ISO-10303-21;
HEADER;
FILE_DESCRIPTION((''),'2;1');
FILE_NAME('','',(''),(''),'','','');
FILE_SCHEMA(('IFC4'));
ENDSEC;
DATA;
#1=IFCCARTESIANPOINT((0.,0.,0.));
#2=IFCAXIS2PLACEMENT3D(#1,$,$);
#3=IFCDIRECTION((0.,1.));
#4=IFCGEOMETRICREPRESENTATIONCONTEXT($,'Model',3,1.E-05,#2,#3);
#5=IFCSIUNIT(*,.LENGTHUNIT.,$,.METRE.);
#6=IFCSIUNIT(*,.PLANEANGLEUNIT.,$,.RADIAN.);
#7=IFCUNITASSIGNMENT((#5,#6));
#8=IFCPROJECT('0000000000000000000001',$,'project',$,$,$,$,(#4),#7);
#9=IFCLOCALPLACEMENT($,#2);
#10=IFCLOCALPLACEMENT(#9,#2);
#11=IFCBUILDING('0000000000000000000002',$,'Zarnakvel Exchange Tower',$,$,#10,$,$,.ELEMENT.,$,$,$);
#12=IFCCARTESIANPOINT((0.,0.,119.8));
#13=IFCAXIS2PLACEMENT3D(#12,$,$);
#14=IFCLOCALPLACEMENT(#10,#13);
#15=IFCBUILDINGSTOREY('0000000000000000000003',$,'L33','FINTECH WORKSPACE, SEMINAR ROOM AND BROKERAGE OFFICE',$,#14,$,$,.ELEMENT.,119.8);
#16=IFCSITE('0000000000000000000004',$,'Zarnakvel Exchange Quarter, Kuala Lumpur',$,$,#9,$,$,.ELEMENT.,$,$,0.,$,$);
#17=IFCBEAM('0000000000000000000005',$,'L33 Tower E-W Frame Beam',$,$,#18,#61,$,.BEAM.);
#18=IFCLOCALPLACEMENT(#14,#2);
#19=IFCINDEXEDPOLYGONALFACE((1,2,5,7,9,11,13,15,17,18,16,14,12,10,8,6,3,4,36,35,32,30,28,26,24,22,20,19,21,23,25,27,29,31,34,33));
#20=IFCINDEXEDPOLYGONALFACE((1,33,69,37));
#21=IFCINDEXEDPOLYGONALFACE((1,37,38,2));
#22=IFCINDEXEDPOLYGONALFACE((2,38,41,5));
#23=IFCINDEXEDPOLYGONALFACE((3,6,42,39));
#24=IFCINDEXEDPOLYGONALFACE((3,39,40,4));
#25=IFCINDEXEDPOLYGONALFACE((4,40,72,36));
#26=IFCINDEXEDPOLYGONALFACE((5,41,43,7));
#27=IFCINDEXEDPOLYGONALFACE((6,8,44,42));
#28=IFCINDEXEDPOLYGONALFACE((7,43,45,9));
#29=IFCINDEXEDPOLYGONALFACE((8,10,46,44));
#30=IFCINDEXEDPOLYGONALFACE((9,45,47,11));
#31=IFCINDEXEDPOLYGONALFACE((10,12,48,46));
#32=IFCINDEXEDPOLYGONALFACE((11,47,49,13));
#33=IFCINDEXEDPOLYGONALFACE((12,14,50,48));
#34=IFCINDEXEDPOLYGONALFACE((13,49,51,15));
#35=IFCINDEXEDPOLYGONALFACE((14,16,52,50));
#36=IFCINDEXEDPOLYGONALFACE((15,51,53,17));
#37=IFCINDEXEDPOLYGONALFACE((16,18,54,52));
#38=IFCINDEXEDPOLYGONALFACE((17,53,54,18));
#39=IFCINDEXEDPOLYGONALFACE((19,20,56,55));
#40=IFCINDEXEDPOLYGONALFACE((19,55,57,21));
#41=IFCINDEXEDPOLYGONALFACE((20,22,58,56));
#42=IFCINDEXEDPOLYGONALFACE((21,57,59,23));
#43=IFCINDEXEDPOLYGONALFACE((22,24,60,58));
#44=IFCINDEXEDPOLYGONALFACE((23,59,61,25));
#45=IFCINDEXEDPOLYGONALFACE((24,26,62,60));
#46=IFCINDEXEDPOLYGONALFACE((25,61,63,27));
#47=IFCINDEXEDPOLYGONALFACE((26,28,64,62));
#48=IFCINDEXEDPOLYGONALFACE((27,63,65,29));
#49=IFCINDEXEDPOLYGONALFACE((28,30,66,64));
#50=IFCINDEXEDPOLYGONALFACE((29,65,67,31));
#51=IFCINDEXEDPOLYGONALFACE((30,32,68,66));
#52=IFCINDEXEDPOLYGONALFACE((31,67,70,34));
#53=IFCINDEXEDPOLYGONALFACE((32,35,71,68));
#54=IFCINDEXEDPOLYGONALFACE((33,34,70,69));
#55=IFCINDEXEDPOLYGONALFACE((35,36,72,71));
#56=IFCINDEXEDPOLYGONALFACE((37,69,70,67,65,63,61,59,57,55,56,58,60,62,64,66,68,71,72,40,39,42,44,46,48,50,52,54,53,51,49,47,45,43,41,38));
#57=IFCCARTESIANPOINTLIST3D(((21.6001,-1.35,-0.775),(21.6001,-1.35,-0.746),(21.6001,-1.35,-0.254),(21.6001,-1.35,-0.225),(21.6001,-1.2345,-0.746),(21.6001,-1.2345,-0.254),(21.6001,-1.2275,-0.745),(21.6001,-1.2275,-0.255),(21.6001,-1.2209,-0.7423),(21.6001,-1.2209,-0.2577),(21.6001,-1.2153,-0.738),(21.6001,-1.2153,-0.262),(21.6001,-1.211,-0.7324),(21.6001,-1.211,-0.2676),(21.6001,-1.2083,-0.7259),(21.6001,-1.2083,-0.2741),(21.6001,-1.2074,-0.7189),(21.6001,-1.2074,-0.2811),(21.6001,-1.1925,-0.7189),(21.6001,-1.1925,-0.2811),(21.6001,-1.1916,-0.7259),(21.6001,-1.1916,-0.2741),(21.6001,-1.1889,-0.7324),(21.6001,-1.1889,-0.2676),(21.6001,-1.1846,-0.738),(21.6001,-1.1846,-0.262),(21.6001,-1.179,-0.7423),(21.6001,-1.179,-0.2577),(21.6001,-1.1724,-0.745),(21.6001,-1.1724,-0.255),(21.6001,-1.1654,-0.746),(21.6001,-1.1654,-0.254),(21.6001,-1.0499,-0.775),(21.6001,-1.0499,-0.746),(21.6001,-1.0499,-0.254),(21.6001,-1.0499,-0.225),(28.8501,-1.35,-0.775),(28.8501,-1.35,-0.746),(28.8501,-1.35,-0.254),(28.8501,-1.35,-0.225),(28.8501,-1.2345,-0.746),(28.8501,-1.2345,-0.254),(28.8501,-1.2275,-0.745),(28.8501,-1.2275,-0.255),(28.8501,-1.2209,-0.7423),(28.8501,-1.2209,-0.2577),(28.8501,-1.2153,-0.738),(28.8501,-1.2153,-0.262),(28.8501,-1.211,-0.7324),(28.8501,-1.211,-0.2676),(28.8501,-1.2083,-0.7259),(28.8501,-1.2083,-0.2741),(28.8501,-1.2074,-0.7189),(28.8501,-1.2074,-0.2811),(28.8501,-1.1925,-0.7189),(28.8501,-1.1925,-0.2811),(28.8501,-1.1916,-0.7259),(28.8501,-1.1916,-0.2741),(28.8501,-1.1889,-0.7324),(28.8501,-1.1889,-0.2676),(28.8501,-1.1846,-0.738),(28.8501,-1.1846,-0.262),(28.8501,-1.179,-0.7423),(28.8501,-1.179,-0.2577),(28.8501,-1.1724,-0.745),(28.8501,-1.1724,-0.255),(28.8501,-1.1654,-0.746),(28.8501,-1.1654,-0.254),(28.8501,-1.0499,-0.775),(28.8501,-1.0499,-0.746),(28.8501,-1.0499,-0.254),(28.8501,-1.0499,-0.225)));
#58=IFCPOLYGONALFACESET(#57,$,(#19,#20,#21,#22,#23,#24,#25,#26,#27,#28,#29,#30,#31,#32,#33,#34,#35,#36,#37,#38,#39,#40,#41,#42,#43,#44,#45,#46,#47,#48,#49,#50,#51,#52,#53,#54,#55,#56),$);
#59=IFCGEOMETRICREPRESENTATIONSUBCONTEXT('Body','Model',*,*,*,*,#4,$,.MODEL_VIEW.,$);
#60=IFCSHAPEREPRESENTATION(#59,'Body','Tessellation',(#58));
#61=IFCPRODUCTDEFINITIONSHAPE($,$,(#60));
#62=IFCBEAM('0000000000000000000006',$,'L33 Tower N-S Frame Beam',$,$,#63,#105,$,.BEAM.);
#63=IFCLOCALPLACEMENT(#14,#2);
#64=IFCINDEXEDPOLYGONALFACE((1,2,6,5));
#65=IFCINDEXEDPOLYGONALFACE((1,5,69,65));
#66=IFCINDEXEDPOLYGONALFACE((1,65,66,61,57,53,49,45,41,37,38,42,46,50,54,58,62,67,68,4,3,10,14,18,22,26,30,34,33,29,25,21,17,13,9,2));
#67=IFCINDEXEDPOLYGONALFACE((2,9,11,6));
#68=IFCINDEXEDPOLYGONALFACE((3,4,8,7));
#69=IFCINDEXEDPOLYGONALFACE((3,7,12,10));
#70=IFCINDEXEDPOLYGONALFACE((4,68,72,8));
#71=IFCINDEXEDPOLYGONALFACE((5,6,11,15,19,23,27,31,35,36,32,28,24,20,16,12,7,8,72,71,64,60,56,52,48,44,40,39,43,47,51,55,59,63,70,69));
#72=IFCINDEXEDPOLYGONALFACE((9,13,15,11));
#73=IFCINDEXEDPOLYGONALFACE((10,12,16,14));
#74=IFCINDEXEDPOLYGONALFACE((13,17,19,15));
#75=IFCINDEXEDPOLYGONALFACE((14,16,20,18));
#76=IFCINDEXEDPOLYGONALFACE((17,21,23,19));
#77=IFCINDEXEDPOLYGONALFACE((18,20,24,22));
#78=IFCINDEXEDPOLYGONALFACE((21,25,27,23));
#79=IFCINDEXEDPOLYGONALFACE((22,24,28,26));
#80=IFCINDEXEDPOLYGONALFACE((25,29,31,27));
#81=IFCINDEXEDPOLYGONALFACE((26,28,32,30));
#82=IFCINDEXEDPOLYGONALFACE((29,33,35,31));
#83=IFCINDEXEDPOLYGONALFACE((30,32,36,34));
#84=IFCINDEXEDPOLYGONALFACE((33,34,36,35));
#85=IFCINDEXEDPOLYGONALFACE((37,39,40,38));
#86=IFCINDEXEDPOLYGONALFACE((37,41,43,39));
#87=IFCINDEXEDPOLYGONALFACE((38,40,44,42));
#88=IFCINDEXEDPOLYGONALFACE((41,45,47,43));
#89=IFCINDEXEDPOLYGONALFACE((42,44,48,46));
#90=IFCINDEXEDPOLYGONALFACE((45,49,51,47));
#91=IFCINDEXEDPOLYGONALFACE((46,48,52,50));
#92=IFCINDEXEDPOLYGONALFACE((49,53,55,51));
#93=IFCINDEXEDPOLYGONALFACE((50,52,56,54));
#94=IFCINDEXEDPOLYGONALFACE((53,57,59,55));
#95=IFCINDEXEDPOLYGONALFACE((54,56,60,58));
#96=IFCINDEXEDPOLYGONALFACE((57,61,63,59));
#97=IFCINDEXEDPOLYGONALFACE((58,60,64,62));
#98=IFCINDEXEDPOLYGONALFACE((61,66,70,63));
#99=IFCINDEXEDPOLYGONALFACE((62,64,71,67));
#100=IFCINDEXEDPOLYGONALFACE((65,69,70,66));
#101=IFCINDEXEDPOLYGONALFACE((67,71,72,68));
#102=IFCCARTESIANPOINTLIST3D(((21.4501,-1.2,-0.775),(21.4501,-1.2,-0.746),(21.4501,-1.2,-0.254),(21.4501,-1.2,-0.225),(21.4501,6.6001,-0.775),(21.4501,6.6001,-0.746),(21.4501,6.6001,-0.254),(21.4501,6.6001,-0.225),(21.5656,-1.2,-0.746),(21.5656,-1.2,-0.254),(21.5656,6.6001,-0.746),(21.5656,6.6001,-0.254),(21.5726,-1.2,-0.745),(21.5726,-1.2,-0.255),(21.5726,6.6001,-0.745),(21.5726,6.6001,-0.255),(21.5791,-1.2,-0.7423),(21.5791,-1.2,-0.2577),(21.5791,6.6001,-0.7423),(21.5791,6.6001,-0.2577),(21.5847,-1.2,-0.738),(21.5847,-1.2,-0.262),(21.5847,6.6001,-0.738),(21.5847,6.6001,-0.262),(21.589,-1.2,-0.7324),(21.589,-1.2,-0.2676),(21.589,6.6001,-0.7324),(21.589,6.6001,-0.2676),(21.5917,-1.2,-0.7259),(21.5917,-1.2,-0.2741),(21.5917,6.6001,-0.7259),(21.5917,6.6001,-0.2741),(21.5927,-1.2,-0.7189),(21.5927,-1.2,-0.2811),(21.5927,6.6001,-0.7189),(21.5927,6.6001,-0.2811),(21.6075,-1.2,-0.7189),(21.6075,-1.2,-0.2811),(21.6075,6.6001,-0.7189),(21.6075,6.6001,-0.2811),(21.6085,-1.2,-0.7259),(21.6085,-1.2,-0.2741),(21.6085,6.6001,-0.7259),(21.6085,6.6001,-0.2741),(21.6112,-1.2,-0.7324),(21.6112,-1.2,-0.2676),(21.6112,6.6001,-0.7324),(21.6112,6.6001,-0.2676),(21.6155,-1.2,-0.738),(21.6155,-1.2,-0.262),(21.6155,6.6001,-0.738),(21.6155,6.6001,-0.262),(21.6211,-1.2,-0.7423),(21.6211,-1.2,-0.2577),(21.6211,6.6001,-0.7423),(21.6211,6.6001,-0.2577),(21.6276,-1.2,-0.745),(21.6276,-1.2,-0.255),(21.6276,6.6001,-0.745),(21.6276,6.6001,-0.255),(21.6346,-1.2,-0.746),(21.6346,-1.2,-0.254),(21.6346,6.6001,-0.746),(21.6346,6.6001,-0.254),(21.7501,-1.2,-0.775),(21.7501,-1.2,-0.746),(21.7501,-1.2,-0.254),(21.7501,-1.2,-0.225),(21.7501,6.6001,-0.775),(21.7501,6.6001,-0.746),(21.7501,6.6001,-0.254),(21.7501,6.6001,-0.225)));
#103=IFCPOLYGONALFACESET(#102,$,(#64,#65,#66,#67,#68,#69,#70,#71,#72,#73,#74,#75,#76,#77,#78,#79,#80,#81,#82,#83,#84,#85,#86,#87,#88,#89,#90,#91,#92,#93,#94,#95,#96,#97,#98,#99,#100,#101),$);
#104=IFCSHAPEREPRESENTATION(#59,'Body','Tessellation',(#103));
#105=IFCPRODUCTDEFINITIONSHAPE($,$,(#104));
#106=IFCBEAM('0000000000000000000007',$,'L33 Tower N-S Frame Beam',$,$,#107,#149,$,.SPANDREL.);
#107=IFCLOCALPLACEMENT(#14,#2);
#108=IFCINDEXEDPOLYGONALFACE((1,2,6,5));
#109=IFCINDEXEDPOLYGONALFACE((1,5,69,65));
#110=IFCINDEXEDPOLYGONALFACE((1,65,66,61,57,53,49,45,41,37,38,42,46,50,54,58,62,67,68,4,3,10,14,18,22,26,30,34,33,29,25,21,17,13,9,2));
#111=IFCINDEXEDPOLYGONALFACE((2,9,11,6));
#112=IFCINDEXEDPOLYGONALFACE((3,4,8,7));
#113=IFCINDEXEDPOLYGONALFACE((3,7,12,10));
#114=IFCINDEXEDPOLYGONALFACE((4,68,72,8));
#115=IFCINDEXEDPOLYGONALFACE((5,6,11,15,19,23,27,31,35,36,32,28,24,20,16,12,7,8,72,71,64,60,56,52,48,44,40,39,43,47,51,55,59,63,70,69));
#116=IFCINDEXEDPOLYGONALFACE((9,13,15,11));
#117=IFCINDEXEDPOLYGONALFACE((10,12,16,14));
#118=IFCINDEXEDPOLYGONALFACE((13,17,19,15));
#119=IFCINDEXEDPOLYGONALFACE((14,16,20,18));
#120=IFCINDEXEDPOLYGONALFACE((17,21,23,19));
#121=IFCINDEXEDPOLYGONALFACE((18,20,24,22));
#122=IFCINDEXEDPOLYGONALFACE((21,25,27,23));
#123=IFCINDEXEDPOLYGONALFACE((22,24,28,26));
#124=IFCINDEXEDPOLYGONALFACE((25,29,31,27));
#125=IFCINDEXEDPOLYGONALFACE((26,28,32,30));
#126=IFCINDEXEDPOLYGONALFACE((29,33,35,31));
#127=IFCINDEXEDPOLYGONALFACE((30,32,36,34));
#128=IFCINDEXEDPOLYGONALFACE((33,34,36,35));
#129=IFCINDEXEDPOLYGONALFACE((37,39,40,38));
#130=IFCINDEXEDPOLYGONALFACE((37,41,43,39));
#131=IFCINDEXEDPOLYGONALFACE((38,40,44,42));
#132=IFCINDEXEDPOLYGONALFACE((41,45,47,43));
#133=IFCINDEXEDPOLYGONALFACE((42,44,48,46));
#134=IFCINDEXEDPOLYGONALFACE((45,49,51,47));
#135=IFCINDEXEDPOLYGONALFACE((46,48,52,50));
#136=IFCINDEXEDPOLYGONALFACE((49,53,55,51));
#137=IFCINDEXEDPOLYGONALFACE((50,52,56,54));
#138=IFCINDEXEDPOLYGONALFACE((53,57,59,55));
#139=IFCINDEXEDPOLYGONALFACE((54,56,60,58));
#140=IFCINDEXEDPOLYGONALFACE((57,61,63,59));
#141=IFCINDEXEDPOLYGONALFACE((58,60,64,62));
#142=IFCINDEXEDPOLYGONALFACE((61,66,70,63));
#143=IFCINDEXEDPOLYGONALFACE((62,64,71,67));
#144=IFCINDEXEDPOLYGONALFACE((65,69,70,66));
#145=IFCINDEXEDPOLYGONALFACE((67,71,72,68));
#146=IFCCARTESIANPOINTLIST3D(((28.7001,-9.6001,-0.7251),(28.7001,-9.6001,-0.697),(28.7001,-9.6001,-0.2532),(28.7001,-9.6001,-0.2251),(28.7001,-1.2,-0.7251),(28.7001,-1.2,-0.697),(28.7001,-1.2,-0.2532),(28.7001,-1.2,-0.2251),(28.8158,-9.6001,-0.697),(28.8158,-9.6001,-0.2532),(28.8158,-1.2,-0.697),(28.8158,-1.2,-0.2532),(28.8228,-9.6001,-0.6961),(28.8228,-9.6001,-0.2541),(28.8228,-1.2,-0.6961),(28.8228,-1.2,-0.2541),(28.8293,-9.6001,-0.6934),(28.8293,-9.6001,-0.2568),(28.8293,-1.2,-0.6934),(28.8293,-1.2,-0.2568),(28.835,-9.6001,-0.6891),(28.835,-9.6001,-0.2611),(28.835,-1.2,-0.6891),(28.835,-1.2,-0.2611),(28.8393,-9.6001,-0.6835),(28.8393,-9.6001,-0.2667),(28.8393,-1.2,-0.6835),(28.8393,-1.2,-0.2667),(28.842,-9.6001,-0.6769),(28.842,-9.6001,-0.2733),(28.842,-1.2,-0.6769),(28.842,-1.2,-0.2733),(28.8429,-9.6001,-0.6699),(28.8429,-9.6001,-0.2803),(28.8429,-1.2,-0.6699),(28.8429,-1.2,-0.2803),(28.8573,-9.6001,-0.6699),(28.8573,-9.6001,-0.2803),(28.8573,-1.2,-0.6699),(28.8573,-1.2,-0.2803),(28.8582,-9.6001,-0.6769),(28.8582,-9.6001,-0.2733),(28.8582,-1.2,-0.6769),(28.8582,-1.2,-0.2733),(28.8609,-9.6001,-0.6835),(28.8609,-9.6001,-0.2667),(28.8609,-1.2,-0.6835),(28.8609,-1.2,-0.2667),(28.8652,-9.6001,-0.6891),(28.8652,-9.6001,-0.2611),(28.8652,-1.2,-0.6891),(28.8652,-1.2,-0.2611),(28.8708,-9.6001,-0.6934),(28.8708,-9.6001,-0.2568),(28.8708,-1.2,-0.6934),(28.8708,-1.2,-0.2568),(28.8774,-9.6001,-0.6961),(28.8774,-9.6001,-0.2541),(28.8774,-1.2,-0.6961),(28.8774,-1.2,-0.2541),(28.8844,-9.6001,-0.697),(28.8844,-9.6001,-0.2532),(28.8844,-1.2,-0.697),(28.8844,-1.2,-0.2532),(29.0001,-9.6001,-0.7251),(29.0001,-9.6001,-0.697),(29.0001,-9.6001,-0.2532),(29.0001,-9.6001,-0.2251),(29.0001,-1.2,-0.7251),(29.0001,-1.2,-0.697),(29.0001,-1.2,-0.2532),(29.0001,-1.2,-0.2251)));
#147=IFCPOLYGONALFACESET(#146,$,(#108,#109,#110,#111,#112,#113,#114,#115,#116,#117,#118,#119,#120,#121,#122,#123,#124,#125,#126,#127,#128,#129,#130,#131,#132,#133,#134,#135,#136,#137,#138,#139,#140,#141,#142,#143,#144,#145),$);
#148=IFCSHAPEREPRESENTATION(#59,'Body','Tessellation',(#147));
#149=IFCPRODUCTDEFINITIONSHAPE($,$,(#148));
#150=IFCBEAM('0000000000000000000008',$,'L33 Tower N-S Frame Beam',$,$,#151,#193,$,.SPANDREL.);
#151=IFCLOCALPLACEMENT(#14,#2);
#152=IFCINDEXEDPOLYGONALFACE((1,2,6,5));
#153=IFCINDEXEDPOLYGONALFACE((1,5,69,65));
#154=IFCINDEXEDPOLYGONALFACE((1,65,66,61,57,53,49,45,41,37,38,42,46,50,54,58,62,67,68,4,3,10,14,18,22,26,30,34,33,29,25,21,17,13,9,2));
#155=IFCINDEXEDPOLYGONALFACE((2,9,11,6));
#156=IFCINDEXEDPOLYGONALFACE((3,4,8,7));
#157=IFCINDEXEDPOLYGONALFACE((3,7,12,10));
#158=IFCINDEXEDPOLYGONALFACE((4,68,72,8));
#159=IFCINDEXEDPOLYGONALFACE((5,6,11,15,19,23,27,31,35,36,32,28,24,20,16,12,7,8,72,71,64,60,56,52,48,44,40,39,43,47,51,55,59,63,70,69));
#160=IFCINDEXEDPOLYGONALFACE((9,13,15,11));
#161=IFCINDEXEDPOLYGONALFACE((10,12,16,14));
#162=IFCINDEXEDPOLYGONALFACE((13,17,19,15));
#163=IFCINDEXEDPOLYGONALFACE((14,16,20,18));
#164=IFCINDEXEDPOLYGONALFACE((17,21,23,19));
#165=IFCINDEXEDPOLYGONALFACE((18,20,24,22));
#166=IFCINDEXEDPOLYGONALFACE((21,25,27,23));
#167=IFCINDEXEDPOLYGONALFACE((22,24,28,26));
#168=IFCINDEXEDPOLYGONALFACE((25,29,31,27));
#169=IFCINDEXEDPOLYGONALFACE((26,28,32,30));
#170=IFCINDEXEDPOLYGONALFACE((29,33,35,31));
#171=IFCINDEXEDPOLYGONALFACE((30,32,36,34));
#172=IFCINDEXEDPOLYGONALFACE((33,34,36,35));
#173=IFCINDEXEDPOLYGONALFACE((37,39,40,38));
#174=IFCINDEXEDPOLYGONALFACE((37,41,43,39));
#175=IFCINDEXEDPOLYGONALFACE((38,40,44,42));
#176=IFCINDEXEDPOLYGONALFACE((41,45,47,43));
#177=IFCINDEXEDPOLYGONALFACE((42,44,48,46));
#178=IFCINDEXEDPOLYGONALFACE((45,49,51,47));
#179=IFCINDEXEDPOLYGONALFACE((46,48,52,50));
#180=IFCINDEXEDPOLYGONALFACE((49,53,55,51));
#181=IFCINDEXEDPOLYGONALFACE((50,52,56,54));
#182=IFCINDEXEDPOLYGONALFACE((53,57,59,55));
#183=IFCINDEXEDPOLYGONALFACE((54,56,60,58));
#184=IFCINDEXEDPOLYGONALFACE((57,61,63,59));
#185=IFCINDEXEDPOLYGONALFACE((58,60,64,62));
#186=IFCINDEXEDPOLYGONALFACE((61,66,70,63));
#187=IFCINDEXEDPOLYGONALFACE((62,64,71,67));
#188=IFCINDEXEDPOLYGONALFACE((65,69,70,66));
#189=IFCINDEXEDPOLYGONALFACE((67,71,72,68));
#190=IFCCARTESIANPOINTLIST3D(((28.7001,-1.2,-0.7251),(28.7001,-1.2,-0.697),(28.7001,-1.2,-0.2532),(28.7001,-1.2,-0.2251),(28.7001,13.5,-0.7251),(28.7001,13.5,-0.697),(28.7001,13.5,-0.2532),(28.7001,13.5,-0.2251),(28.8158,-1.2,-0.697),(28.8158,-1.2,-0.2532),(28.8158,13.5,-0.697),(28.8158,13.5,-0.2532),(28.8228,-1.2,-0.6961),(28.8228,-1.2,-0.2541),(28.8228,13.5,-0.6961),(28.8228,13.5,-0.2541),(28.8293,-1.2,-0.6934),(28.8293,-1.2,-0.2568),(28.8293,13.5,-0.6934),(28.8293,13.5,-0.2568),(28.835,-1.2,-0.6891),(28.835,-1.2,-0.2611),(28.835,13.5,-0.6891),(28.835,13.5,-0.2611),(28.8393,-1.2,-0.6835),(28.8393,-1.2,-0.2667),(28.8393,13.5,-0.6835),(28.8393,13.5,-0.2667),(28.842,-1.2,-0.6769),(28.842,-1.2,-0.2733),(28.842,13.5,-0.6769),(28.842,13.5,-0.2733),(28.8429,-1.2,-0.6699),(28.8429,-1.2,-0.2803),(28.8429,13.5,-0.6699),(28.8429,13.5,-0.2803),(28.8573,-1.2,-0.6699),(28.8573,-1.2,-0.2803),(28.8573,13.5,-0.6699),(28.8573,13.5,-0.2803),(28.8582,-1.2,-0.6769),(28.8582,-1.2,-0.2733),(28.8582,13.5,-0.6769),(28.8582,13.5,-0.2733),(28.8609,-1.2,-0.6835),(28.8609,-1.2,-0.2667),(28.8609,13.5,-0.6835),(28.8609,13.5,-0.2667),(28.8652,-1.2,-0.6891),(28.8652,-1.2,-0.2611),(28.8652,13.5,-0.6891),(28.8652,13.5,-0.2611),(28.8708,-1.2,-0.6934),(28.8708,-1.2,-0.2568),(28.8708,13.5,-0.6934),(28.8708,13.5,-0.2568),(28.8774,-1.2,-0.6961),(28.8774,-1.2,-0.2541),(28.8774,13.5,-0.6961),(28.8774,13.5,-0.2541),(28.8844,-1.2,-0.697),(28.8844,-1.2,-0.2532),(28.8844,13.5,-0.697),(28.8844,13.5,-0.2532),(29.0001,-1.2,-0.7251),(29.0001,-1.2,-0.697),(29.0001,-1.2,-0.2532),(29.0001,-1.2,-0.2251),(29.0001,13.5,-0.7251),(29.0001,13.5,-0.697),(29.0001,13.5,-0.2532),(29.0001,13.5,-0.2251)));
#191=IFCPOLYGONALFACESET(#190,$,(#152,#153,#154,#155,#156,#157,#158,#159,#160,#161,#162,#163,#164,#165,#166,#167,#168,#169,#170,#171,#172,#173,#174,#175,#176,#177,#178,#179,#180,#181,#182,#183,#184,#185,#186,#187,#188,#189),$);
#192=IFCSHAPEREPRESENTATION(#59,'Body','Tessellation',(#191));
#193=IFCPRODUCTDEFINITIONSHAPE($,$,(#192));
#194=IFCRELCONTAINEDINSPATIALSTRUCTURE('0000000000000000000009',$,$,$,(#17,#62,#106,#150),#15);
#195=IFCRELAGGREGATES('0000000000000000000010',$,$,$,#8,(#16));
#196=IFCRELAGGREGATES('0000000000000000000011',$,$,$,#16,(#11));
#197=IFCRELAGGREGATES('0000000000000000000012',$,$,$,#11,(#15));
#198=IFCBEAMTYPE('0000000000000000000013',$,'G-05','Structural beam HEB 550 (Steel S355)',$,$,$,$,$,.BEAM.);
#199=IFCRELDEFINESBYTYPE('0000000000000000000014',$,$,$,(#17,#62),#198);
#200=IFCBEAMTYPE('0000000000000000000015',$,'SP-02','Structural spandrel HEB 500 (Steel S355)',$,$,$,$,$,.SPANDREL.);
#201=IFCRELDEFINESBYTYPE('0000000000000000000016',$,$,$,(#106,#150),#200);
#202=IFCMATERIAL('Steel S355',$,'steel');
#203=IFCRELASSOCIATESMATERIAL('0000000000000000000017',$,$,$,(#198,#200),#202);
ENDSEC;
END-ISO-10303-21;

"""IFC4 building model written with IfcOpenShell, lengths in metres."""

from ifc_helpers import new_model, si_unit, direction, frame, origin, origin_2d, place, context, subcontext, project, spatial, i_section, extrude, material, material_profile, profile_set, type_object, element, save


model = new_model("IFC4")

# Units and contexts
model_context = context("Model", 3, precision=1e-05, world=origin(), true_north=direction((0.0, 1.0)))
body_context = subcontext(model_context, "Body", "Model", "MODEL_VIEW")
ifc_project = project(units=[si_unit("LENGTHUNIT", "METRE"), si_unit("PLANEANGLEUNIT", "RADIAN")], contexts=[model_context])

# Site, building, storey
site_placement = place(None, origin())
site = spatial("IfcSite", under=ifc_project, at=site_placement, Name="Zarnakvel Exchange Quarter, Kuala Lumpur", CompositionType="ELEMENT", RefElevation=0.0)
building_placement = place(site_placement, origin())
building = spatial("IfcBuilding", under=site, at=building_placement, Name="Zarnakvel Exchange Tower", CompositionType="ELEMENT")
storey_placement = place(building_placement, frame((0.0, 0.0, 119.8)))
storey = spatial("IfcBuildingStorey", under=building, at=storey_placement, Name="L33", Description="FINTECH WORKSPACE, SEMINAR ROOM AND BROKERAGE OFFICE", CompositionType="ELEMENT", Elevation=119.8)

# Shared definitions
ifc_material_1 = material(Name="Steel S355", Category="steel")

# Beams
ifc_material_profile_1 = material_profile(ifc_material_1, i_section(OverallWidth=0.3, OverallDepth=0.55, WebThickness=0.0149, FlangeThickness=0.0291, FilletRadius=0.0271, at=origin_2d()))
ifc_profile_set_1 = profile_set([ifc_material_profile_1], Name="Steel S355")
beam_type_1 = type_object("IfcBeamType", Name="G-05", Description="Structural beam HEB 550 (Steel S355)", PredefinedType="BEAM", material=ifc_profile_set_1)
beam_1_placement = place(storey_placement, frame((21.6001, -1.2, -0.5), z_axis=(1.0, 0.0, 0.0), x_axis=(0.0, 1.0, 0.0)))
element("IfcBeam", 1, at=beam_1_placement, inside=storey, type_object=beam_type_1, Name="L33 Tower E-W Frame Beam", PredefinedType="BEAM", context=body_context, shape_type="SweptSolid", body=[
    extrude(i_section(OverallWidth=0.3, OverallDepth=0.55, WebThickness=0.0149, FlangeThickness=0.0291, FilletRadius=0.0271, at=origin_2d()), origin(), (0.0, 0.0, 1.0), 7.25),
])
beam_2_placement = place(storey_placement, frame((21.6001, -1.2, -0.5), z_axis=(0.0, 1.0, 0.0), x_axis=(-1.0, 0.0, 0.0)))
element("IfcBeam", 2, at=beam_2_placement, inside=storey, type_object=beam_type_1, Name="L33 Tower N-S Frame Beam", PredefinedType="BEAM", context=body_context, shape_type="SweptSolid", body=[
    extrude(i_section(OverallWidth=0.3, OverallDepth=0.55, WebThickness=0.0149, FlangeThickness=0.0291, FilletRadius=0.0271, at=origin_2d()), origin(), (0.0, 0.0, 1.0), 7.8),
])
ifc_material_profile_2 = material_profile(ifc_material_1, i_section(OverallWidth=0.3, OverallDepth=0.5, WebThickness=0.0144, FlangeThickness=0.0281, FilletRadius=0.0271, at=origin_2d()))
ifc_profile_set_2 = profile_set([ifc_material_profile_2], Name="Steel S355")
beam_type_2 = type_object("IfcBeamType", Name="SP-02", Description="Structural spandrel HEB 500 (Steel S355)", PredefinedType="SPANDREL", material=ifc_profile_set_2)
beam_3_placement = place(storey_placement, frame((28.8501, -9.6001, -0.4751), z_axis=(0.0, 1.0, 0.0), x_axis=(-1.0, 0.0, 0.0)))
element("IfcBeam", 3, at=beam_3_placement, inside=storey, type_object=beam_type_2, Name="L33 Tower N-S Frame Beam", PredefinedType="SPANDREL", context=body_context, shape_type="SweptSolid", body=[
    extrude(i_section(OverallWidth=0.3, OverallDepth=0.5, WebThickness=0.0144, FlangeThickness=0.0281, FilletRadius=0.0271, at=origin_2d()), origin(), (0.0, 0.0, 1.0), 8.4001),
])
beam_4_placement = place(storey_placement, frame((28.8501, -1.2, -0.4751), z_axis=(0.0, 1.0, 0.0), x_axis=(-1.0, 0.0, 0.0)))
element("IfcBeam", 4, at=beam_4_placement, inside=storey, type_object=beam_type_2, Name="L33 Tower N-S Frame Beam", PredefinedType="SPANDREL", context=body_context, shape_type="SweptSolid", body=[
    extrude(i_section(OverallWidth=0.3, OverallDepth=0.5, WebThickness=0.0144, FlangeThickness=0.0281, FilletRadius=0.0271, at=origin_2d()), origin(), (0.0, 0.0, 1.0), 14.7),
])

save(model, "model.ifc")
